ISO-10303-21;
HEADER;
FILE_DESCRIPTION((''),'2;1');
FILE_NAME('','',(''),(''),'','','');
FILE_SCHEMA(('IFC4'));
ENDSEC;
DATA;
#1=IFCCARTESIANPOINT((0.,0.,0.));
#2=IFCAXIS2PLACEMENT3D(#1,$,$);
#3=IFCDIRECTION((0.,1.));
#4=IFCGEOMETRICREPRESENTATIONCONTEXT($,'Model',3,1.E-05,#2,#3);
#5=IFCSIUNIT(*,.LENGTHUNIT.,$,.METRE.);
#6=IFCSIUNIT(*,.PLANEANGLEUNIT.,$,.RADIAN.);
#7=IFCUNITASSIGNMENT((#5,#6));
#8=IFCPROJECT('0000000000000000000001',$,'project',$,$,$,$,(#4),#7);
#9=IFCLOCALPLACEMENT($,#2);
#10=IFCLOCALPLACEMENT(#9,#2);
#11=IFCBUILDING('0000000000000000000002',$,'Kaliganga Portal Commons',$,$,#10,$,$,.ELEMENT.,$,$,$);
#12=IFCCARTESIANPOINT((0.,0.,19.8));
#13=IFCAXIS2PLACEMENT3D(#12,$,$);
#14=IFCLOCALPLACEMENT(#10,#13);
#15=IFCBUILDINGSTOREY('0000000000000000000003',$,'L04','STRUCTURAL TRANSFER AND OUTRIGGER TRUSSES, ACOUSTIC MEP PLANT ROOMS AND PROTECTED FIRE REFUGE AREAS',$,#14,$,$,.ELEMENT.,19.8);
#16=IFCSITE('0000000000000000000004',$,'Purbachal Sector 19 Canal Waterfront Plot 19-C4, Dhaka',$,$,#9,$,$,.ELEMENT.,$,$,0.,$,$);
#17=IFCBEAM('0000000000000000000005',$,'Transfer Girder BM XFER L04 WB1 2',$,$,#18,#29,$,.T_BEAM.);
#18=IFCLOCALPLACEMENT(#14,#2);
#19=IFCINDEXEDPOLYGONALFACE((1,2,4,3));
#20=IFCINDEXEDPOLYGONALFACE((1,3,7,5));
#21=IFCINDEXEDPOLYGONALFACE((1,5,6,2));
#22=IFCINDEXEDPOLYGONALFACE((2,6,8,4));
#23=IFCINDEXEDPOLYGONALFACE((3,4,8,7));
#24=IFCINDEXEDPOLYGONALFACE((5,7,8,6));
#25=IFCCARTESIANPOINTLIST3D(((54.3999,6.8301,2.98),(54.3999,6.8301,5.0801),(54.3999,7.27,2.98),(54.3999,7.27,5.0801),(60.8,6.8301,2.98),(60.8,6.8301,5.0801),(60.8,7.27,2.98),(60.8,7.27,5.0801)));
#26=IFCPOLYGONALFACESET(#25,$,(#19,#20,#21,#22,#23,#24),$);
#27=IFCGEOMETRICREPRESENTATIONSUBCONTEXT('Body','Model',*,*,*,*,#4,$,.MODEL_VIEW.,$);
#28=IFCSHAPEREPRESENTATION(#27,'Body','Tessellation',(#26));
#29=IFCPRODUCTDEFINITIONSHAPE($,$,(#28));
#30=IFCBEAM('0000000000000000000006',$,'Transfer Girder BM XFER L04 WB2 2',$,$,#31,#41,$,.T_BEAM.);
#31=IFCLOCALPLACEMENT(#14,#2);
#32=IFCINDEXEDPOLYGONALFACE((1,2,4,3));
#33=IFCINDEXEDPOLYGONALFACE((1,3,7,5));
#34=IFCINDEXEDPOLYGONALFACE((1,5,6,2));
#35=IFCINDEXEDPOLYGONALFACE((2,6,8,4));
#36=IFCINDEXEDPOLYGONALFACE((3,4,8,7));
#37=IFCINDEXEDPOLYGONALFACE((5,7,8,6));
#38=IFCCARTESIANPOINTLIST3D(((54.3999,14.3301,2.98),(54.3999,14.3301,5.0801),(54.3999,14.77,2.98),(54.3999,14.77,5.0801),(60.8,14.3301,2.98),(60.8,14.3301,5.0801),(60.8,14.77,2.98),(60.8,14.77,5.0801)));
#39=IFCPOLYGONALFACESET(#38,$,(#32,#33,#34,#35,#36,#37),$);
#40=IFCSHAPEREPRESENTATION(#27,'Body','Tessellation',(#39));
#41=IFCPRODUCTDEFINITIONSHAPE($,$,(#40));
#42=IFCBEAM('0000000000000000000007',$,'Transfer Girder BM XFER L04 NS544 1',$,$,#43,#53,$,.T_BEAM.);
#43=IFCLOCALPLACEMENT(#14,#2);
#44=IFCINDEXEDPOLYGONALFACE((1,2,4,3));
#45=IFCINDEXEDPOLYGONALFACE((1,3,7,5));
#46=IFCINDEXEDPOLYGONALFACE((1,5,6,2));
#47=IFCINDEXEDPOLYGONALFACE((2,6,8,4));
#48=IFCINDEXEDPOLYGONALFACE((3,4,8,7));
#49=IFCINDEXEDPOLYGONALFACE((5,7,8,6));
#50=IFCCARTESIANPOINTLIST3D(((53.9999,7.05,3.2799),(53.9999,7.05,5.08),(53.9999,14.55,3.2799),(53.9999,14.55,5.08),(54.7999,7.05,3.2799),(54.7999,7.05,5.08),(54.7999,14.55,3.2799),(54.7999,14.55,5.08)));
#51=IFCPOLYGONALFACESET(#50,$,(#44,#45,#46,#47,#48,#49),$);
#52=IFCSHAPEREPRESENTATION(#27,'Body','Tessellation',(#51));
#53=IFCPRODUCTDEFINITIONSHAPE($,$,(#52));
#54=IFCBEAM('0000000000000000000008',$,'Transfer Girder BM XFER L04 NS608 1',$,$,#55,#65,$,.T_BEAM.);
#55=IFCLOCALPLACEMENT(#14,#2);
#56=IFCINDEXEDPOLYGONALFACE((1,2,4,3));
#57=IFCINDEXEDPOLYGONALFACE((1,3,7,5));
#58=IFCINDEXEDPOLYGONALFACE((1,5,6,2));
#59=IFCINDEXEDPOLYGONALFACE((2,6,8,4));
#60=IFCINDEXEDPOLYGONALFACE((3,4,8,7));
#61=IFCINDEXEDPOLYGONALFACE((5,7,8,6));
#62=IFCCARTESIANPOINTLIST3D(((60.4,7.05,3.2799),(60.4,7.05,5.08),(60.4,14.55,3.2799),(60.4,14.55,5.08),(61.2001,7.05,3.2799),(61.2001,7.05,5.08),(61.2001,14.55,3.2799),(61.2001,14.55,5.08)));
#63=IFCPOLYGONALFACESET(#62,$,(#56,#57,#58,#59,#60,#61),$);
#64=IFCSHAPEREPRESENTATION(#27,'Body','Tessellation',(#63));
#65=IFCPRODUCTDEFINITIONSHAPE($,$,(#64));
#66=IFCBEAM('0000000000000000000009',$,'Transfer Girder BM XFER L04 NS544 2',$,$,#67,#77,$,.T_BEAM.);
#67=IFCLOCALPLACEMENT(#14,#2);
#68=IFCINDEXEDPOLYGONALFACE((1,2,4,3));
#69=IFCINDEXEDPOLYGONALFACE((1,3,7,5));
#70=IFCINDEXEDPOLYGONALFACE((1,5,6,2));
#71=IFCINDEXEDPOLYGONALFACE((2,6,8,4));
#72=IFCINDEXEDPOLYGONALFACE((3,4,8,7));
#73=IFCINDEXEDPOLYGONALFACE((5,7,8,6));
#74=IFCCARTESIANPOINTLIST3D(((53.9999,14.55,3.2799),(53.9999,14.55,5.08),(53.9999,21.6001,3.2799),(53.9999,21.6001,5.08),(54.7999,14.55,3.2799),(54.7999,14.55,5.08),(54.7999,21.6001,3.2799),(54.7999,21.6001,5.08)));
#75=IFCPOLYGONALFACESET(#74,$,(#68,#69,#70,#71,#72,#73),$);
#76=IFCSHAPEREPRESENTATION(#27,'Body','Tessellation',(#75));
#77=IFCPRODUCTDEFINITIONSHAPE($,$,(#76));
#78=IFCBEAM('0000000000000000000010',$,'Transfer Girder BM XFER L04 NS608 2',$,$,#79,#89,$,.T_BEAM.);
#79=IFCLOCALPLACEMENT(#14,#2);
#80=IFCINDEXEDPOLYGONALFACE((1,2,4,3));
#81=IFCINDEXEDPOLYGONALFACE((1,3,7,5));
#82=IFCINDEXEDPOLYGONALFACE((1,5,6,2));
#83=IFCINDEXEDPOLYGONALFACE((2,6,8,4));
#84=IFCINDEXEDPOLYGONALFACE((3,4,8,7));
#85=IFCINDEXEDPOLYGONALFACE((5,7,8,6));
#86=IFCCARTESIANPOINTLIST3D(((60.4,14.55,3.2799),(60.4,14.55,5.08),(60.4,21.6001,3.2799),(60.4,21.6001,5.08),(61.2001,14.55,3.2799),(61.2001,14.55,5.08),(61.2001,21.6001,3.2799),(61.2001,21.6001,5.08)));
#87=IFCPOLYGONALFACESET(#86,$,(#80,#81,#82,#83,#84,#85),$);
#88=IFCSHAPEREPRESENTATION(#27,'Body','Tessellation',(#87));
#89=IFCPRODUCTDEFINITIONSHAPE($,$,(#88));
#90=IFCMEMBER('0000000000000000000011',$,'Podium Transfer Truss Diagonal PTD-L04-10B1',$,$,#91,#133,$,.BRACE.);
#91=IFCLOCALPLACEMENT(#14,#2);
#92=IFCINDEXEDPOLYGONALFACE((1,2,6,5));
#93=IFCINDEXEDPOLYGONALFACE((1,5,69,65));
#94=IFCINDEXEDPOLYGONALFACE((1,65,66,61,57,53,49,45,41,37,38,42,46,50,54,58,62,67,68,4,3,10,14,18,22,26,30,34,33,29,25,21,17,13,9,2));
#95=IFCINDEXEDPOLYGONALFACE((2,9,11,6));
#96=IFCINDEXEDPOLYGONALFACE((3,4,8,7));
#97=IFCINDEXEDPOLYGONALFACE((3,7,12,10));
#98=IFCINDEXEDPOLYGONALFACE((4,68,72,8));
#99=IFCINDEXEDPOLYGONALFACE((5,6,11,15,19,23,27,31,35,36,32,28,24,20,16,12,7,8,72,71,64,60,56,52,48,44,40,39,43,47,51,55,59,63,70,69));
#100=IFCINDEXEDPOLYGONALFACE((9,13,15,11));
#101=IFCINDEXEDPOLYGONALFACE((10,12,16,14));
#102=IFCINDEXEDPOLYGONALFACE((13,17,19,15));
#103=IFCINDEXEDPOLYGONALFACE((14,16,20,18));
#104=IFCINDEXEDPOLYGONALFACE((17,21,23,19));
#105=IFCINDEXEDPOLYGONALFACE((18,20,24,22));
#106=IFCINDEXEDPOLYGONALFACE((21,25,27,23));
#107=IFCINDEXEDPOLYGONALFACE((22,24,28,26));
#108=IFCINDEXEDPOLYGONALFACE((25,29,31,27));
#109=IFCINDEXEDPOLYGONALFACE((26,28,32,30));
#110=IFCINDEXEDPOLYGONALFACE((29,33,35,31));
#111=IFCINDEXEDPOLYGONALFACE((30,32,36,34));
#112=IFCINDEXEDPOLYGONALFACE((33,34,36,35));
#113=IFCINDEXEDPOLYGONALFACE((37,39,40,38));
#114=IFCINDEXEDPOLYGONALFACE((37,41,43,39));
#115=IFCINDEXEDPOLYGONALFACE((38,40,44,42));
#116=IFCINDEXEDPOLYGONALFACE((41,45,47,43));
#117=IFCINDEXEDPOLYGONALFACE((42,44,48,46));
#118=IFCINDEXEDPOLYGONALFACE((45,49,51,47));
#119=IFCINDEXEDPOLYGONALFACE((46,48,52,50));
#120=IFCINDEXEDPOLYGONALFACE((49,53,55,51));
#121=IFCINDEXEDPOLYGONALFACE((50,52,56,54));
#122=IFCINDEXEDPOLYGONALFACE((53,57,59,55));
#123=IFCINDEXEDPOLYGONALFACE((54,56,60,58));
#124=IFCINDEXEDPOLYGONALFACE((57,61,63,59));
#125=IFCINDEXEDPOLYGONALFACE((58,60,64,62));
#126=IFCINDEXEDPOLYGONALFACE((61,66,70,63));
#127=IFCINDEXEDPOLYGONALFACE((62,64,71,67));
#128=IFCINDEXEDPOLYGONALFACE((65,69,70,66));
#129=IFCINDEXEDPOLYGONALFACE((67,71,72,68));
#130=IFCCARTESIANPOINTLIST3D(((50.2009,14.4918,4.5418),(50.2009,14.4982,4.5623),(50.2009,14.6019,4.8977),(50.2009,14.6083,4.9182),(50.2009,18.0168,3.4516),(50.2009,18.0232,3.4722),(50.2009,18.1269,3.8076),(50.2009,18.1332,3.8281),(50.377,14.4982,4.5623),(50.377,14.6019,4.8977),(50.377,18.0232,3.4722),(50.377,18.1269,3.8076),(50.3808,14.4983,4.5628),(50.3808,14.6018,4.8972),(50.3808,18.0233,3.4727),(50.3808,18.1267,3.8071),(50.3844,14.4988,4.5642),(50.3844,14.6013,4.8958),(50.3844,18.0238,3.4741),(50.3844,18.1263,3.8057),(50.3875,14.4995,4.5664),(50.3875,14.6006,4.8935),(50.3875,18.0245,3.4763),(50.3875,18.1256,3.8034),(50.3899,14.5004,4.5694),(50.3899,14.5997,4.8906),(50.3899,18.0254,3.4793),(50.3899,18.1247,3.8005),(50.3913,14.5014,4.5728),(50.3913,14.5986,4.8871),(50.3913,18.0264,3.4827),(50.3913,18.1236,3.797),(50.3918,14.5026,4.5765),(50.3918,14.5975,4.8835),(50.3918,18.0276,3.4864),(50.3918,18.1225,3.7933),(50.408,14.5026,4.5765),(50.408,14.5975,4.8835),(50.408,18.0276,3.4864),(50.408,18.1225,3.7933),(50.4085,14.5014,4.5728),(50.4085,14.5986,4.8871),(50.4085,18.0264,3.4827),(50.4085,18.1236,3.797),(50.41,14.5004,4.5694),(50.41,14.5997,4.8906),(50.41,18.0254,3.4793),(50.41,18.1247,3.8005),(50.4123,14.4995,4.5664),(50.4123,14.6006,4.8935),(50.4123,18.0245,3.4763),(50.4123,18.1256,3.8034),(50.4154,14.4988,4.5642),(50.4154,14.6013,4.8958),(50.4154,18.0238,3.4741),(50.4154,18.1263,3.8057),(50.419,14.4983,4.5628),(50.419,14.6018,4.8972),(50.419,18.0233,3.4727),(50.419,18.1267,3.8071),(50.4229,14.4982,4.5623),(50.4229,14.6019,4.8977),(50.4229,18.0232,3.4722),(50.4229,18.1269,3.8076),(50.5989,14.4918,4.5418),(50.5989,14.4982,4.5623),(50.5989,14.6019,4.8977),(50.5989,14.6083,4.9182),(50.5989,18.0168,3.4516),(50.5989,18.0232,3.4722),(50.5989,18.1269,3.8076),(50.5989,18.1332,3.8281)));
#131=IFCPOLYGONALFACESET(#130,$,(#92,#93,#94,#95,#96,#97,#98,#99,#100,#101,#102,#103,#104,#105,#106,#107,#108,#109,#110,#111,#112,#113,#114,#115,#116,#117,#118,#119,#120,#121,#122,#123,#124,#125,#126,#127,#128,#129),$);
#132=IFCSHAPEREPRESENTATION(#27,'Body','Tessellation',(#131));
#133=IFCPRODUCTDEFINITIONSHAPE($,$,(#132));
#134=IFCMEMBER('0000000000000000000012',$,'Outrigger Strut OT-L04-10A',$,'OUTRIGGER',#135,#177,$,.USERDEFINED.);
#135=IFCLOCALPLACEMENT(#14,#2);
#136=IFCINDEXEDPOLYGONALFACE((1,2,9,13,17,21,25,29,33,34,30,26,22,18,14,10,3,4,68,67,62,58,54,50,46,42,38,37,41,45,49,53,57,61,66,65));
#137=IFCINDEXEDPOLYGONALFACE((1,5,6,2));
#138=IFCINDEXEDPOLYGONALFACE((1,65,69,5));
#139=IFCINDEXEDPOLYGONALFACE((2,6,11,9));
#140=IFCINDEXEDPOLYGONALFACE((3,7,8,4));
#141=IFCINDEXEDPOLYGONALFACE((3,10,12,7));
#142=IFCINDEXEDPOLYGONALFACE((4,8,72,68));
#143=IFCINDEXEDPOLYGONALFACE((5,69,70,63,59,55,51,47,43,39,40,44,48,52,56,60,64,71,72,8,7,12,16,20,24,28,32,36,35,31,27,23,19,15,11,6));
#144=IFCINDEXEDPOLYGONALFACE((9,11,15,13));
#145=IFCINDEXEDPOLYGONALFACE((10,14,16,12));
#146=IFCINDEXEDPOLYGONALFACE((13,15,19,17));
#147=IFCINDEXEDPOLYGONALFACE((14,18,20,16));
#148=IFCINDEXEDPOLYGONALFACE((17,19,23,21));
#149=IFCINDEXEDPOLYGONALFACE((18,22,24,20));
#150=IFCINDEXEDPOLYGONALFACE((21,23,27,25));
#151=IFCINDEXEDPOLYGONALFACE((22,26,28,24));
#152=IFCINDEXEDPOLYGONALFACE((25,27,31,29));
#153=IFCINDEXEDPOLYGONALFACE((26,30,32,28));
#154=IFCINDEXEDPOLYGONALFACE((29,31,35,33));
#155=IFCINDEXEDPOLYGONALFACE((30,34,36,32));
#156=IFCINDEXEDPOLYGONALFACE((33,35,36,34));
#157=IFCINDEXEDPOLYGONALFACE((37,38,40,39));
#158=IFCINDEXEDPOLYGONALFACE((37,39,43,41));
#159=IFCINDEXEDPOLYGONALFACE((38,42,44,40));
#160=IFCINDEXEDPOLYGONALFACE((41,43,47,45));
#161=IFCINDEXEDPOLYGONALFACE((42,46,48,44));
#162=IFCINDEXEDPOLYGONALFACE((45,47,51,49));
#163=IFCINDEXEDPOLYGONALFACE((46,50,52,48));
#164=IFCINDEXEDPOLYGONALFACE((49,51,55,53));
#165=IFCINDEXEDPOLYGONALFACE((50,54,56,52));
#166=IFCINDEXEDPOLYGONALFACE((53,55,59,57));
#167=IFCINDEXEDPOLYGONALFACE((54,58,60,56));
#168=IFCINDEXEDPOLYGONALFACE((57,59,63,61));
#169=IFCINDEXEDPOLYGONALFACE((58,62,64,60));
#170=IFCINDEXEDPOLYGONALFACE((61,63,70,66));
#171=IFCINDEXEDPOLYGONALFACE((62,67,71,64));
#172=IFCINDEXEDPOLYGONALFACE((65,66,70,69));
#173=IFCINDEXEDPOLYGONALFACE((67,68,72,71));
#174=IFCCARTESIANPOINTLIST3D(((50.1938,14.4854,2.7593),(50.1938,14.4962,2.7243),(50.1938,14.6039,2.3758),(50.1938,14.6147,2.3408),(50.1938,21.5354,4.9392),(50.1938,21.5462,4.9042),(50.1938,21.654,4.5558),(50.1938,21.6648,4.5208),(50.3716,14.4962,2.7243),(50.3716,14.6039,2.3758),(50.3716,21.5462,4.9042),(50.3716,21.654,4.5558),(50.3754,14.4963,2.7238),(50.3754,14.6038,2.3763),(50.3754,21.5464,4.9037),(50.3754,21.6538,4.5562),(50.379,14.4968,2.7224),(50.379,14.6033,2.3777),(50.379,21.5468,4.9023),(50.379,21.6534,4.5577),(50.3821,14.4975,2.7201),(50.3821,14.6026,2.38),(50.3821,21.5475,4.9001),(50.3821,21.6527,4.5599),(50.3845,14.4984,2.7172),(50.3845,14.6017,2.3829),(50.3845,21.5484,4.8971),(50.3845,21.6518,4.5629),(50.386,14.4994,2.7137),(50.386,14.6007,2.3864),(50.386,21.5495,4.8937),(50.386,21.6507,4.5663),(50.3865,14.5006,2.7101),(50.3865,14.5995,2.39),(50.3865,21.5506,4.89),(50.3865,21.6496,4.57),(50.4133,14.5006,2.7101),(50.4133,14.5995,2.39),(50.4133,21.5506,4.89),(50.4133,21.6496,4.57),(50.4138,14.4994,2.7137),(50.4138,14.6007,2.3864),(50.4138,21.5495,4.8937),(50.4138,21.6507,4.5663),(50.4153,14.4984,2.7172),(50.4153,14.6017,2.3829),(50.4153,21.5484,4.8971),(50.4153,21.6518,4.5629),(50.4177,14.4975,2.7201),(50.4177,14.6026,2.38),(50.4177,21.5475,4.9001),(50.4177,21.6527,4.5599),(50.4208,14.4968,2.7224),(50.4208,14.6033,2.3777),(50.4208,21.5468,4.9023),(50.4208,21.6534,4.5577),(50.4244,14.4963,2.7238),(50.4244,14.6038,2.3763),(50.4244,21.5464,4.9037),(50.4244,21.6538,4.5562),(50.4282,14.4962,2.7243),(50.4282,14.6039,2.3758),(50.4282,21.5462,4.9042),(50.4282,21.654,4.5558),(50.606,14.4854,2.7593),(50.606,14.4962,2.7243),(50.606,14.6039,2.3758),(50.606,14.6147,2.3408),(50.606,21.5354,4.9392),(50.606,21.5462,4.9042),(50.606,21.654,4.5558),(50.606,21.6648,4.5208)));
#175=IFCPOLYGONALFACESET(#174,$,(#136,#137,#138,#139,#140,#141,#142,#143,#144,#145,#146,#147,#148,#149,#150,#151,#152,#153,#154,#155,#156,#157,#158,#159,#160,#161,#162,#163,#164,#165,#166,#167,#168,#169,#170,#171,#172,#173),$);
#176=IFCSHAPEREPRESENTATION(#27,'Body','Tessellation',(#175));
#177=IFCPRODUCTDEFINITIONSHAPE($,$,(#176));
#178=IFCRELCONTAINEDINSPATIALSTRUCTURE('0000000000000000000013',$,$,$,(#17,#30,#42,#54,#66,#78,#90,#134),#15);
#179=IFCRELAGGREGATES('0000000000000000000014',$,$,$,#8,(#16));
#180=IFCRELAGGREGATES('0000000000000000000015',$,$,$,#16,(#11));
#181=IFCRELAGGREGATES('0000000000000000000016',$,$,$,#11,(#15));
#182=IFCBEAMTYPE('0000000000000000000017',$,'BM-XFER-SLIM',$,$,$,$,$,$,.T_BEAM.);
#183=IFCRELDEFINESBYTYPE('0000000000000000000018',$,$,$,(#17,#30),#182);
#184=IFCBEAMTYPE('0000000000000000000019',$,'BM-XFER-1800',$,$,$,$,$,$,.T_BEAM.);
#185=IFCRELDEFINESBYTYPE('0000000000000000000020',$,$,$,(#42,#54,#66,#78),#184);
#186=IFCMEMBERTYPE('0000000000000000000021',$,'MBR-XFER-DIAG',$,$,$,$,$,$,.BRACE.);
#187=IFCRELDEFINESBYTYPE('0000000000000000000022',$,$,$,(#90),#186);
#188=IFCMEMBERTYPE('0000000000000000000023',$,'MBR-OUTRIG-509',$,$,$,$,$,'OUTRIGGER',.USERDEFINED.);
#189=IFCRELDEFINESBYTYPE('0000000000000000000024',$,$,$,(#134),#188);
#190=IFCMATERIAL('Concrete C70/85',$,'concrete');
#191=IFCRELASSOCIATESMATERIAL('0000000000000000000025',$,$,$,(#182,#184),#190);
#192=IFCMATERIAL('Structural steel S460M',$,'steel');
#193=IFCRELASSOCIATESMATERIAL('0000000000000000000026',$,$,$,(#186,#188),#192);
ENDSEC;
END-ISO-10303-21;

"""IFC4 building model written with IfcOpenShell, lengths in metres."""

from ifc_helpers import new_model, si_unit, direction, frame, origin, origin_2d, place, context, subcontext, project, spatial, rectangle, i_section, extrude, source, transform, mapped, material, material_profile, profile_set, type_object, element, save


model = new_model("IFC4")

# Units and contexts
model_context = context("Model", 3, precision=1e-05, world=origin(), true_north=direction((0.0, 1.0)))
body_context = subcontext(model_context, "Body", "Model", "MODEL_VIEW")
ifc_project = project(units=[si_unit("LENGTHUNIT", "METRE"), si_unit("PLANEANGLEUNIT", "RADIAN")], contexts=[model_context])

# Site, building, storey
site_placement = place(None, origin())
site = spatial("IfcSite", under=ifc_project, at=site_placement, Name="Purbachal Sector 19 Canal Waterfront Plot 19-C4, Dhaka", CompositionType="ELEMENT", RefElevation=0.0)
building_placement = place(site_placement, origin())
building = spatial("IfcBuilding", under=site, at=building_placement, Name="Kaliganga Portal Commons", CompositionType="ELEMENT")
storey_placement = place(building_placement, frame((0.0, 0.0, 19.8)))
storey = spatial("IfcBuildingStorey", under=building, at=storey_placement, Name="L04", Description="STRUCTURAL TRANSFER AND OUTRIGGER TRUSSES, ACOUSTIC MEP PLANT ROOMS AND PROTECTED FIRE REFUGE AREAS", CompositionType="ELEMENT", Elevation=19.8)

# Shared definitions
ifc_material_1 = material(Name="Concrete C70/85", Category="concrete")

# Beams
ifc_material_profile_1 = material_profile(ifc_material_1, rectangle(XDim=0.4399, YDim=2.1001, at=origin_2d()), Name="RC 440x2100")
ifc_profile_set_1 = profile_set([ifc_material_profile_1], Name="Concrete C70/85")
beam_type_1 = type_object("IfcBeamType", Name="BM-XFER-SLIM", PredefinedType="T_BEAM", material=ifc_profile_set_1)
shared_shape_1 = source(origin(), body_context, "Body", "SweptSolid", [
    extrude(rectangle(XDim=0.4399, YDim=2.1001, at=origin_2d()), origin(), (0.0, 0.0, 1.0), 6.4001),
])
for number, where, z_axis, x_axis, name in (
    (1, (54.3999, 7.05, 4.03), (1.0, 0.0, 0.0), (0.0, 1.0, 0.0), "Transfer Girder BM XFER L04 WB1 2"),
    (2, (54.3999, 14.55, 4.03), (1.0, 0.0, 0.0), (0.0, 1.0, 0.0), "Transfer Girder BM XFER L04 WB2 2"),
):
    element("IfcBeam", number, at=place(storey_placement, frame(where, z_axis=z_axis, x_axis=x_axis)), inside=storey, type_object=beam_type_1, Name=name, PredefinedType="T_BEAM", context=body_context, shape_type="MappedRepresentation", body=[
        mapped(shared_shape_1, transform((0.0, 0.0, 0.0), x_axis=(1.0, 0.0, 0.0), y_axis=(0.0, 1.0, 0.0), z_axis=(0.0, 0.0, 1.0), scale=1.0)),
    ])
ifc_material_profile_2 = material_profile(ifc_material_1, rectangle(XDim=0.8, YDim=1.8, at=origin_2d()), Name="RC 800x1800")
ifc_profile_set_2 = profile_set([ifc_material_profile_2], Name="Concrete C70/85")
beam_type_2 = type_object("IfcBeamType", Name="BM-XFER-1800", PredefinedType="T_BEAM", material=ifc_profile_set_2)
shared_shape_2 = source(origin(), body_context, "Body", "SweptSolid", [
    extrude(rectangle(XDim=0.8, YDim=1.8, at=origin_2d()), origin(), (0.0, 0.0, 1.0), 7.5),
])
for number, where, z_axis, x_axis, name in (
    (3, (54.3999, 7.05, 4.1799), (0.0, 1.0, 0.0), (-1.0, 0.0, 0.0), "Transfer Girder BM XFER L04 NS544 1"),
    (4, (60.8, 7.05, 4.1799), (0.0, 1.0, 0.0), (-1.0, 0.0, 0.0), "Transfer Girder BM XFER L04 NS608 1"),
):
    element("IfcBeam", number, at=place(storey_placement, frame(where, z_axis=z_axis, x_axis=x_axis)), inside=storey, type_object=beam_type_2, Name=name, PredefinedType="T_BEAM", context=body_context, shape_type="MappedRepresentation", body=[
        mapped(shared_shape_2, transform((0.0, 0.0, 0.0), x_axis=(1.0, 0.0, 0.0), y_axis=(0.0, 1.0, 0.0), z_axis=(0.0, 0.0, 1.0), scale=1.0)),
    ])
shared_shape_3 = source(origin(), body_context, "Body", "SweptSolid", [
    extrude(rectangle(XDim=0.8, YDim=1.8, at=origin_2d()), origin(), (0.0, 0.0, 1.0), 7.05),
])
for number, where, z_axis, x_axis, name in (
    (5, (54.3999, 14.55, 4.1799), (0.0, 1.0, 0.0), (-1.0, 0.0, 0.0), "Transfer Girder BM XFER L04 NS544 2"),
    (6, (60.8, 14.55, 4.1799), (0.0, 1.0, 0.0), (-1.0, 0.0, 0.0), "Transfer Girder BM XFER L04 NS608 2"),
):
    element("IfcBeam", number, at=place(storey_placement, frame(where, z_axis=z_axis, x_axis=x_axis)), inside=storey, type_object=beam_type_2, Name=name, PredefinedType="T_BEAM", context=body_context, shape_type="MappedRepresentation", body=[
        mapped(shared_shape_3, transform((0.0, 0.0, 0.0), x_axis=(1.0, 0.0, 0.0), y_axis=(0.0, 1.0, 0.0), z_axis=(0.0, 0.0, 1.0), scale=1.0)),
    ])

# Members
ifc_material_2 = material(Name="Structural steel S460M", Category="steel")
ifc_material_profile_3 = material_profile(ifc_material_2, i_section(OverallWidth=0.3979, OverallDepth=0.394, WebThickness=0.0161, FlangeThickness=0.0215, FilletRadius=0.0149, at=origin_2d()), Name="HD 400x262")
ifc_profile_set_3 = profile_set([ifc_material_profile_3], Name="Structural steel S460M wide-flange")
member_type_1 = type_object("IfcMemberType", Name="MBR-XFER-DIAG", PredefinedType="BRACE", material=ifc_profile_set_3)
shared_shape_4 = source(origin(), body_context, "Body", "SweptSolid", [
    extrude(i_section(OverallWidth=0.3979, OverallDepth=0.394, WebThickness=0.0161, FlangeThickness=0.0215, FilletRadius=0.0149, at=origin_2d()), origin(), (0.0, 0.0, 1.0), 3.6897),
])
member_1_placement = place(storey_placement, frame((50.3999, 14.55, 4.73), z_axis=(0.0, 0.955359, -0.295448), x_axis=(-1.0, 0.0, 0.0)))
element("IfcMember", 7, at=member_1_placement, inside=storey, type_object=member_type_1, Name="Podium Transfer Truss Diagonal PTD-L04-10B1", PredefinedType="BRACE", context=body_context, shape_type="MappedRepresentation", body=[
    mapped(shared_shape_4, transform((0.0, 0.0, 0.0), x_axis=(1.0, 0.0, 0.0), y_axis=(0.0, 1.0, 0.0), z_axis=(0.0, 0.0, 1.0), scale=1.0)),
])
ifc_material_profile_4 = material_profile(ifc_material_2, i_section(OverallWidth=0.4121, OverallDepth=0.438, WebThickness=0.0269, FlangeThickness=0.0366, FilletRadius=0.0149, at=origin_2d()), Name="HD 400x463")
ifc_profile_set_4 = profile_set([ifc_material_profile_4], Name="Structural steel S460M wide-flange")
member_type_2 = type_object("IfcMemberType", Name="MBR-OUTRIG-509", ElementType="OUTRIGGER", PredefinedType="USERDEFINED", material=ifc_profile_set_4)
shared_shape_5 = source(origin(), body_context, "Body", "SweptSolid", [
    extrude(i_section(OverallWidth=0.4121, OverallDepth=0.438, WebThickness=0.0269, FlangeThickness=0.0366, FilletRadius=0.0149, at=origin_2d()), origin(), (0.0, 0.0, 1.0), 7.3794),
])
member_2_placement = place(storey_placement, frame((50.3999, 14.55, 2.55), z_axis=(0.0, 0.955371, 0.295408), x_axis=(-1.0, 0.0, 0.0)))
element("IfcMember", 8, at=member_2_placement, inside=storey, type_object=member_type_2, Name="Outrigger Strut OT-L04-10A", ObjectType="OUTRIGGER", PredefinedType="USERDEFINED", context=body_context, shape_type="MappedRepresentation", body=[
    mapped(shared_shape_5, transform((0.0, 0.0, 0.0), x_axis=(1.0, 0.0, 0.0), y_axis=(0.0, 1.0, 0.0), z_axis=(0.0, 0.0, 1.0), scale=1.0)),
])

save(model, "model.ifc")
